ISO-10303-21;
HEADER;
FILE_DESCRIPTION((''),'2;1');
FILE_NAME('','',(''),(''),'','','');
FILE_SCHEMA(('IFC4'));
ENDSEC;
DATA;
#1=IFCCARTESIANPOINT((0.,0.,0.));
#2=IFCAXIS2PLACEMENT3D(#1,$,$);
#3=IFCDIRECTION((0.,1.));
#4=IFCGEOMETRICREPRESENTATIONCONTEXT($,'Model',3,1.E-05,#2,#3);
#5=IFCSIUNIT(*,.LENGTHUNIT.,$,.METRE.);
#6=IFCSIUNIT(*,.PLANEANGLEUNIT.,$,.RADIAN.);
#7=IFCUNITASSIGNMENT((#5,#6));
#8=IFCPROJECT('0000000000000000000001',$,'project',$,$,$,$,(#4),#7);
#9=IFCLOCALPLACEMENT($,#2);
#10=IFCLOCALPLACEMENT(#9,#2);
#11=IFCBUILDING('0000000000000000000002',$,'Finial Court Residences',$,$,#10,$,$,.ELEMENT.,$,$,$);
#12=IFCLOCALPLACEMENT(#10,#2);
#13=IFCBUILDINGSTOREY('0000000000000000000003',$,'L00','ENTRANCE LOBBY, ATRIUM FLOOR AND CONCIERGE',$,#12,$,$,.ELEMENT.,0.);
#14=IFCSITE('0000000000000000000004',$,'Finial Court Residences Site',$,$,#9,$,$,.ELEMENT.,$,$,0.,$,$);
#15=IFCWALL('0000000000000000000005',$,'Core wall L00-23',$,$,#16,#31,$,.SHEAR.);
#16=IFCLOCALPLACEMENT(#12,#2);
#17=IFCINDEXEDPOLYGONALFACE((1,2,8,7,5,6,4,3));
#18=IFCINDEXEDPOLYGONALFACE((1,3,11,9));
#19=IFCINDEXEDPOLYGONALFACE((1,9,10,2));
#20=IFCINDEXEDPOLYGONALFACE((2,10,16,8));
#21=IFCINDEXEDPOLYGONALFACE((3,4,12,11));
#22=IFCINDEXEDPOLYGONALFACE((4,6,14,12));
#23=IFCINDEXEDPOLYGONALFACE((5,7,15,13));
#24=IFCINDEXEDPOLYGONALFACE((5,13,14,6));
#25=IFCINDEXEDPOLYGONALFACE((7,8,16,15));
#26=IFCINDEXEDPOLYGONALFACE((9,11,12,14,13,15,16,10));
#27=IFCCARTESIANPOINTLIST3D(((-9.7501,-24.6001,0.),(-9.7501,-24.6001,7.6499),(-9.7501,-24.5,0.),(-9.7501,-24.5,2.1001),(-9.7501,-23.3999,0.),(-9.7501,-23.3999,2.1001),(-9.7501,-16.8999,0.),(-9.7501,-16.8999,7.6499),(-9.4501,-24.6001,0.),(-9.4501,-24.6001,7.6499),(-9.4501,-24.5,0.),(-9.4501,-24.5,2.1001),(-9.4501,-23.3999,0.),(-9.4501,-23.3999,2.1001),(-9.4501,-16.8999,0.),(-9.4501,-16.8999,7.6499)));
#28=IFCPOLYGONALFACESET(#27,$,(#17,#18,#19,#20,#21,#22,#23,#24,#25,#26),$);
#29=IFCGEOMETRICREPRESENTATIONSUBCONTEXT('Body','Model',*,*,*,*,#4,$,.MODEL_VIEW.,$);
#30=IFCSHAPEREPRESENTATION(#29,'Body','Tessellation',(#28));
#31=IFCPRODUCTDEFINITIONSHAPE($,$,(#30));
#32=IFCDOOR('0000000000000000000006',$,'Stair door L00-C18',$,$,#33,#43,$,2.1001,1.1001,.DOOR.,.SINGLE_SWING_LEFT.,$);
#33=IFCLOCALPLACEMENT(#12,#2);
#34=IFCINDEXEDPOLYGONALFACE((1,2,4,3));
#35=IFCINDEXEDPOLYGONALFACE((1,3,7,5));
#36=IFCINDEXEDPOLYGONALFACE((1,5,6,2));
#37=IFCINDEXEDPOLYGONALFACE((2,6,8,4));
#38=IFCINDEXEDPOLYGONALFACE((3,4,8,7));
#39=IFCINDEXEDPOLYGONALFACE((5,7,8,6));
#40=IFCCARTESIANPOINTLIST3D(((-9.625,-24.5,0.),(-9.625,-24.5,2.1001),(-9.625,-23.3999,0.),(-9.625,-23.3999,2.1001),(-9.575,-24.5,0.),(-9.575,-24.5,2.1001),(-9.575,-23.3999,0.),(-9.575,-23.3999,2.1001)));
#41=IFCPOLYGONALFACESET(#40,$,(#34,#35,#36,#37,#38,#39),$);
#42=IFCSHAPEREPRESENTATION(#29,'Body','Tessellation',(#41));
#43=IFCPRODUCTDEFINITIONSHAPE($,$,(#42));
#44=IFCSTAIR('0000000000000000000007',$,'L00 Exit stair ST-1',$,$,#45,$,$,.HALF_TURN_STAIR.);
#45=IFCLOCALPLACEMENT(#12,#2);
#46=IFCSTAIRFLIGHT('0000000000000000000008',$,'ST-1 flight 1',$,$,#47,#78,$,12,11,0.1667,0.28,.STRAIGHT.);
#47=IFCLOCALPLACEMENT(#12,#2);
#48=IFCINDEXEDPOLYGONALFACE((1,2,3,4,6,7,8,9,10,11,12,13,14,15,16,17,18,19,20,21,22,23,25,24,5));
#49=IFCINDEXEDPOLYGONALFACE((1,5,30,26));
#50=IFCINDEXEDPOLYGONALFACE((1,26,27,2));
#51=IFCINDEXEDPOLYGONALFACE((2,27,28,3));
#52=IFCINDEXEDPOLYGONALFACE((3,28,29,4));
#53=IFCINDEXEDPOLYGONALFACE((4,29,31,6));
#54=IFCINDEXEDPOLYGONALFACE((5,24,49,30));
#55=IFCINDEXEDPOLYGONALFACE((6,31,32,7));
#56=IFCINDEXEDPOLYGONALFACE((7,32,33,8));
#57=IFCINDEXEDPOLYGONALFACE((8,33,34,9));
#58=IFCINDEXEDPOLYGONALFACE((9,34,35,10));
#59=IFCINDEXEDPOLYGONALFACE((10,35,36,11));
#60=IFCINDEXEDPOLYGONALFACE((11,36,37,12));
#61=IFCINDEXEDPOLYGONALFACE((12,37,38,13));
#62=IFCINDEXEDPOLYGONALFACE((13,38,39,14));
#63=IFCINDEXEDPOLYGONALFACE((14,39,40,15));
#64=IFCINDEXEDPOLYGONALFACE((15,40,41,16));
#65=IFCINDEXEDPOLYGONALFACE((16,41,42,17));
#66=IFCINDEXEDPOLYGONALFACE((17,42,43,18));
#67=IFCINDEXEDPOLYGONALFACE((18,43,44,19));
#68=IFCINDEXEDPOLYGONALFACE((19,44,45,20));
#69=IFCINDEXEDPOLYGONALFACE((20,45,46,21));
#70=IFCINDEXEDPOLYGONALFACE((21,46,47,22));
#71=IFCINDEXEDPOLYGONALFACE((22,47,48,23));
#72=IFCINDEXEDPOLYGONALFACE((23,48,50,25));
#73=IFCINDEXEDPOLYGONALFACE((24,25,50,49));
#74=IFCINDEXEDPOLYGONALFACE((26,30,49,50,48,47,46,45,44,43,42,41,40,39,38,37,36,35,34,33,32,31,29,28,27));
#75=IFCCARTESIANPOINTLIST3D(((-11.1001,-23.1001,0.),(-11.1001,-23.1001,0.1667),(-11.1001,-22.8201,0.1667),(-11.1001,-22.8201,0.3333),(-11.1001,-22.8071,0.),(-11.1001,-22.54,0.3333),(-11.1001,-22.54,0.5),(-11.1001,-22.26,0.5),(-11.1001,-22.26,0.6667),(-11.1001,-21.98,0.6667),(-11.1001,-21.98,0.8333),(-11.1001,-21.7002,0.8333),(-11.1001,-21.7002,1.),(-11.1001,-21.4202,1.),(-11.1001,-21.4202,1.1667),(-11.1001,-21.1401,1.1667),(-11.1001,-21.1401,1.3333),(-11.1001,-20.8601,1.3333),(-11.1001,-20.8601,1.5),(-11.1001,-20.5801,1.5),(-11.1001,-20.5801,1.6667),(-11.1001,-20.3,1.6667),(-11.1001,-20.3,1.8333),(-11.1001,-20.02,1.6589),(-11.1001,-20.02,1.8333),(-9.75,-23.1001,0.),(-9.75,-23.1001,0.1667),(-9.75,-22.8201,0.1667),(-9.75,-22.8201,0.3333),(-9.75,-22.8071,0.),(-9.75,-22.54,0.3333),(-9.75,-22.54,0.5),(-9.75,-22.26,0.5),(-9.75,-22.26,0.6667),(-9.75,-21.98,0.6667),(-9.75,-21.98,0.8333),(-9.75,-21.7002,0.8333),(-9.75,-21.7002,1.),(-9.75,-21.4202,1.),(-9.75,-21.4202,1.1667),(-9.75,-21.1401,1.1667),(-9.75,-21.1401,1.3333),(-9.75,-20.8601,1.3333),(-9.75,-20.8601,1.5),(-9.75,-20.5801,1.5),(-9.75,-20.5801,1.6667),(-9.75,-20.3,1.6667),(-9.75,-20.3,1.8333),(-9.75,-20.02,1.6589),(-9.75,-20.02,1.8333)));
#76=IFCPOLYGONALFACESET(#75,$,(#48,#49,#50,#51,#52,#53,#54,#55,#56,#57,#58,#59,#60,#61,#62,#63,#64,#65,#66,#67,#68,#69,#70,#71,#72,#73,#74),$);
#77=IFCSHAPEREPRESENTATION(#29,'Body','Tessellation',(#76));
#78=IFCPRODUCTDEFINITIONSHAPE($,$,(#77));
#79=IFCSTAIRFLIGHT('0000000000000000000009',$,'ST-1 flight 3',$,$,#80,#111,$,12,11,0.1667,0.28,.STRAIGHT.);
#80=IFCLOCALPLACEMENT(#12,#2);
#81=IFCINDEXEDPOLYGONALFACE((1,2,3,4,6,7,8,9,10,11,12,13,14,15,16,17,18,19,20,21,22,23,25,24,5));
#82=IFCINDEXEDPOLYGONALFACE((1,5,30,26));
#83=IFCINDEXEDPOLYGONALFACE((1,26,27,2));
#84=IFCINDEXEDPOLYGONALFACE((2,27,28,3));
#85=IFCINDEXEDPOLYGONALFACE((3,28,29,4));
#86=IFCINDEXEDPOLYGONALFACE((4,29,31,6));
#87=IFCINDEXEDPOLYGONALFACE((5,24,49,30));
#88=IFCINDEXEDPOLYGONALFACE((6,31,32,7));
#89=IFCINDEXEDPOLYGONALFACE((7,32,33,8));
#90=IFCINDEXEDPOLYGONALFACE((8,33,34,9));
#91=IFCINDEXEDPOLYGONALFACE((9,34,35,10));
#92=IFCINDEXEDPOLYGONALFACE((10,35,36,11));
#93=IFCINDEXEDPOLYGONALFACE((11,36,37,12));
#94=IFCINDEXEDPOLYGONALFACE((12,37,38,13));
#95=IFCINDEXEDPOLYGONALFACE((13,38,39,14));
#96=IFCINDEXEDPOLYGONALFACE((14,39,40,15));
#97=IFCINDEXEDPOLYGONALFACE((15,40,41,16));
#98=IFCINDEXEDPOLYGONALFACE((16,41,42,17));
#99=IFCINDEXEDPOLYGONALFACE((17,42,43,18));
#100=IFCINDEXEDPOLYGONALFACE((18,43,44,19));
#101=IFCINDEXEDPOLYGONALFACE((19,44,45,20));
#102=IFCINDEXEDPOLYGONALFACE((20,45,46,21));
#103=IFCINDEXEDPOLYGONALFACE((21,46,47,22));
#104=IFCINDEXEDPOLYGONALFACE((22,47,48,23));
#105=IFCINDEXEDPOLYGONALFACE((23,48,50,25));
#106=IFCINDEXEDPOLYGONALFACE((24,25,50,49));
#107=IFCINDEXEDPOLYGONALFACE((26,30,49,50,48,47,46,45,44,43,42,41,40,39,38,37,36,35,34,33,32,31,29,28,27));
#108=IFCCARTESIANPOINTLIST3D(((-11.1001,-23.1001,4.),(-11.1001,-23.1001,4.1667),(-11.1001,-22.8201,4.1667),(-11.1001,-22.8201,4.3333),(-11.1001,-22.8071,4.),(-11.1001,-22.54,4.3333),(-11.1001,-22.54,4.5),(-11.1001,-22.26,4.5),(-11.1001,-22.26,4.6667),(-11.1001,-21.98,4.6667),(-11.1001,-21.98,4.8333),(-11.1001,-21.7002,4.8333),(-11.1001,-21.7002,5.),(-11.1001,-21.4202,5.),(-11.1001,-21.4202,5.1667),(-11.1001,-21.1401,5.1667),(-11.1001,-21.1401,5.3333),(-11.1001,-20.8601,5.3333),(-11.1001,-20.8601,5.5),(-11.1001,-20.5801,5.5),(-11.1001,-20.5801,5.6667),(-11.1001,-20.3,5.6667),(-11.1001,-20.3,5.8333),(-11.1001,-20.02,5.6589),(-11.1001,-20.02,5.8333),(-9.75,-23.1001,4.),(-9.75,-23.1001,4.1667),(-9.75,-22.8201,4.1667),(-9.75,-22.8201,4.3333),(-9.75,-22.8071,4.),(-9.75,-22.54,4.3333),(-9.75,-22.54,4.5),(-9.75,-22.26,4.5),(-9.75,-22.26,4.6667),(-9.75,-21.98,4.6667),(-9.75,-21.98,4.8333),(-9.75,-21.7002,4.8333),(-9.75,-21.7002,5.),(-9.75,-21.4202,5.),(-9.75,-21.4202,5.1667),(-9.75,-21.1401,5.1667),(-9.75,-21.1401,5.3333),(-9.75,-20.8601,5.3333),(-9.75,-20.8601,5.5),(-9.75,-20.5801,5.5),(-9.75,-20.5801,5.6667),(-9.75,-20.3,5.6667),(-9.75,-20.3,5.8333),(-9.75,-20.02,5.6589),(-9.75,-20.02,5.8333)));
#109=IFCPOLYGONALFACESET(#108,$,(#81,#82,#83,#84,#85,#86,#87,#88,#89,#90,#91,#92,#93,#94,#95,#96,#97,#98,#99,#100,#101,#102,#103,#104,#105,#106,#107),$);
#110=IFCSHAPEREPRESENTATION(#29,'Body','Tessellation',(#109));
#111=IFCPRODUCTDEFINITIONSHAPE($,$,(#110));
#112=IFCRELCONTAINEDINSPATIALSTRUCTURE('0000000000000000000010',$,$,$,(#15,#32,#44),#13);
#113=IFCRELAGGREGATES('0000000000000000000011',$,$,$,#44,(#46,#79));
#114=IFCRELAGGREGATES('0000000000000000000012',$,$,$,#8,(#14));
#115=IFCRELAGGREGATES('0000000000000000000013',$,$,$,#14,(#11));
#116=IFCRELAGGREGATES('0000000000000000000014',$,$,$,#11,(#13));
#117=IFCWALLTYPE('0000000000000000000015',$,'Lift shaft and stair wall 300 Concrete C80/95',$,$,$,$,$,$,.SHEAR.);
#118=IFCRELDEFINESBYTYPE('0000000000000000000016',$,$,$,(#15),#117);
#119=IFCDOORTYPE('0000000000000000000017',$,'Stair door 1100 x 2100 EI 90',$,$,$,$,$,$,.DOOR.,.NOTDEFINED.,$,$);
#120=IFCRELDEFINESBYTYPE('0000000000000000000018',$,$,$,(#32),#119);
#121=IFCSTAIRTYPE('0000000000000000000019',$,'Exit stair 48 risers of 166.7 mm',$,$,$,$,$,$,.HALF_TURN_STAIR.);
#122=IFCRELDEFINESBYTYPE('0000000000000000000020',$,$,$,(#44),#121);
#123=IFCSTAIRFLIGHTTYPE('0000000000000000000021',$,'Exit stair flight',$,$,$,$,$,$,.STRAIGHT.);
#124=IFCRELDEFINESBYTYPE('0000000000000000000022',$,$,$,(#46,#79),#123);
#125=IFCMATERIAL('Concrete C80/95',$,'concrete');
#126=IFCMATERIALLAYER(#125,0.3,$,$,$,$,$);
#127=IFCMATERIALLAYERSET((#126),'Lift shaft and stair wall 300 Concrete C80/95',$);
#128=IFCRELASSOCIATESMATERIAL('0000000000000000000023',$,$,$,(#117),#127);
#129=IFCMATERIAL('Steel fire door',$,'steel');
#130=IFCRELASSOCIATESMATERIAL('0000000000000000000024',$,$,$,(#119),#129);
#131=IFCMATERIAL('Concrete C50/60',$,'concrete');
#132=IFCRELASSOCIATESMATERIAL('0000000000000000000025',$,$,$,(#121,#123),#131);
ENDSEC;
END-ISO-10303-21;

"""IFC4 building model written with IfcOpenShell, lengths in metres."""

from ifc_helpers import new_model, si_unit, direction, frame, frame_2d, origin, place, context, subcontext, project, spatial, polyline, rectangle, outline, extrude, material, layer, layer_set, type_object, element, fill, aggregate, save


model = new_model("IFC4")

# Units and contexts
model_context = context("Model", 3, precision=1e-05, world=origin(), true_north=direction((0.0, 1.0)))
body_context = subcontext(model_context, "Body", "Model", "MODEL_VIEW")
ifc_project = project(units=[si_unit("LENGTHUNIT", "METRE"), si_unit("PLANEANGLEUNIT", "RADIAN")], contexts=[model_context])

# Site, building, storey
site_placement = place(None, origin())
site = spatial("IfcSite", under=ifc_project, at=site_placement, Name="Finial Court Residences Site", CompositionType="ELEMENT", RefElevation=0.0)
building_placement = place(site_placement, origin())
building = spatial("IfcBuilding", under=site, at=building_placement, Name="Finial Court Residences", CompositionType="ELEMENT")
storey_placement = place(building_placement, origin())
storey = spatial("IfcBuildingStorey", under=building, at=storey_placement, Name="L00", Description="ENTRANCE LOBBY, ATRIUM FLOOR AND CONCIERGE", CompositionType="ELEMENT", Elevation=0.0)

# Shared definitions
ifc_material_1 = material(Name="Concrete C50/60", Category="concrete")

# Wall, opening, door
ifc_material_2 = material(Name="Steel fire door", Category="steel")
ifc_material_3 = material(Name="Concrete C80/95", Category="concrete")
ifc_layer_1 = layer(ifc_material_3, 0.3)
ifc_layer_set_1 = layer_set([ifc_layer_1], Name="Lift shaft and stair wall 300 Concrete C80/95")
wall_type_1 = type_object("IfcWallType", Name="Lift shaft and stair wall 300 Concrete C80/95", PredefinedType="SHEAR", material=ifc_layer_set_1)
wall_1_placement = place(storey_placement, frame((-9.6001, -24.6001, 0.0), z_axis=(0.0, 0.0, 1.0), x_axis=(0.0, 1.0, 0.0)))
wall_1 = element("IfcWall", 1, at=wall_1_placement, inside=storey, type_object=wall_type_1, Name="Core wall L00-23", PredefinedType="SHEAR", context=body_context, shape_type="SweptSolid", body=[
    extrude(rectangle(XDim=7.7002, YDim=0.3, at=frame_2d((3.8501, 0.0))), origin(), (0.0, 0.0, 1.0), 7.6499),
])
opening_1_placement = place(wall_1_placement, frame((0.1001, 0.0, 0.0)))
opening_1 = element("IfcOpeningElement", 2, at=opening_1_placement, cuts=wall_1, PredefinedType="OPENING", context=body_context, shape_type="SweptSolid", body=[
    extrude(rectangle(XDim=1.1001, YDim=2.1001, at=frame_2d((0.55, 1.05))), frame((0.0, 0.1599, 0.0), z_axis=(0.0, -1.0, 0.0), x_axis=(1.0, 0.0, 0.0)), (0.0, 0.0, 1.0), 0.3201),
])
door_type_1 = type_object("IfcDoorType", Name="Stair door 1100 x 2100 EI 90", OperationType="NOTDEFINED", PredefinedType="DOOR", material=ifc_material_2)
door_1_placement = place(opening_1_placement, origin())
door_1 = element("IfcDoor", 3, at=door_1_placement, inside=storey, type_object=door_type_1, Name="Stair door L00-C18", OperationType="SINGLE_SWING_LEFT", OverallHeight=2.1001, OverallWidth=1.1001, PredefinedType="DOOR", context=body_context, shape_type="SweptSolid", body=[
    extrude(rectangle(XDim=1.1001, YDim=2.1001, at=frame_2d((0.55, 1.05))), frame((0.0, 0.0249, 0.0), z_axis=(0.0, -1.0, 0.0), x_axis=(1.0, 0.0, 0.0)), (0.0, 0.0, 1.0), 0.05),
])
fill(opening_1, door_1)

# Stair, stair flights
stair_type = type_object("IfcStairType", Name="Exit stair 48 risers of 166.7 mm", PredefinedType="HALF_TURN_STAIR", material=ifc_material_1)
stair_placement = place(storey_placement, origin())
stair = element("IfcStair", 4, at=stair_placement, inside=storey, type_object=stair_type, Name="L00 Exit stair ST-1", PredefinedType="HALF_TURN_STAIR")
stair_flight_type = type_object("IfcStairFlightType", Name="Exit stair flight", PredefinedType="STRAIGHT", material=ifc_material_1)
stair_flight_1_placement = place(storey_placement, frame((-10.425, -23.1001, 0.0), z_axis=(0.0, 0.0, 1.0), x_axis=(0.0, 1.0, 0.0)))
stair_flight_1 = element("IfcStairFlight", 5, at=stair_flight_1_placement, type_object=stair_flight_type, Name="ST-1 flight 1", NumberOfRisers=12, NumberOfTreads=11, PredefinedType="STRAIGHT", RiserHeight=0.1667, TreadLength=0.28, context=body_context, shape_type="SweptSolid", body=[
    extrude(outline(polyline([(0.0, 0.0), (0.0, 0.1667), (0.28, 0.1667), (0.28, 0.3333), (0.5601, 0.3333), (0.5601, 0.5), (0.8401, 0.5), (0.8401, 0.6667), (1.1201, 0.6667), (1.1201, 0.8333), (1.3999, 0.8333), (1.3999, 1.0), (1.6799, 1.0), (1.6799, 1.1667), (1.96, 1.1667), (1.96, 1.3333), (2.24, 1.3333), (2.24, 1.5), (2.52, 1.5), (2.52, 1.6667), (2.8, 1.6667), (2.8, 1.8333), (3.0801, 1.8333), (3.0801, 2.0), (3.0801, 1.6589), (0.293, 0.0), (0.0, 0.0)])), frame((0.0, 0.675, 0.0), z_axis=(0.0, -1.0, 0.0), x_axis=(1.0, 0.0, 0.0)), (0.0, 0.0, 1.0), 1.3501),
])
stair_flight_2_placement = place(storey_placement, frame((-10.425, -23.1001, 4.0), z_axis=(0.0, 0.0, 1.0), x_axis=(0.0, 1.0, 0.0)))
stair_flight_2 = element("IfcStairFlight", 6, at=stair_flight_2_placement, type_object=stair_flight_type, Name="ST-1 flight 3", NumberOfRisers=12, NumberOfTreads=11, PredefinedType="STRAIGHT", RiserHeight=0.1667, TreadLength=0.28, context=body_context, shape_type="SweptSolid", body=[
    extrude(outline(polyline([(0.0, 0.0), (0.0, 0.1667), (0.28, 0.1667), (0.28, 0.3333), (0.5601, 0.3333), (0.5601, 0.5), (0.8401, 0.5), (0.8401, 0.6667), (1.1201, 0.6667), (1.1201, 0.8333), (1.3999, 0.8333), (1.3999, 1.0), (1.6799, 1.0), (1.6799, 1.1667), (1.96, 1.1667), (1.96, 1.3333), (2.24, 1.3333), (2.24, 1.5), (2.52, 1.5), (2.52, 1.6667), (2.8, 1.6667), (2.8, 1.8333), (3.0801, 1.8333), (3.0801, 2.0), (3.0801, 1.6589), (0.293, 0.0), (0.0, 0.0)])), frame((0.0, 0.675, 0.0), z_axis=(0.0, -1.0, 0.0), x_axis=(1.0, 0.0, 0.0)), (0.0, 0.0, 1.0), 1.3501),
])
aggregate(stair, [stair_flight_1, stair_flight_2])

save(model, "model.ifc")
